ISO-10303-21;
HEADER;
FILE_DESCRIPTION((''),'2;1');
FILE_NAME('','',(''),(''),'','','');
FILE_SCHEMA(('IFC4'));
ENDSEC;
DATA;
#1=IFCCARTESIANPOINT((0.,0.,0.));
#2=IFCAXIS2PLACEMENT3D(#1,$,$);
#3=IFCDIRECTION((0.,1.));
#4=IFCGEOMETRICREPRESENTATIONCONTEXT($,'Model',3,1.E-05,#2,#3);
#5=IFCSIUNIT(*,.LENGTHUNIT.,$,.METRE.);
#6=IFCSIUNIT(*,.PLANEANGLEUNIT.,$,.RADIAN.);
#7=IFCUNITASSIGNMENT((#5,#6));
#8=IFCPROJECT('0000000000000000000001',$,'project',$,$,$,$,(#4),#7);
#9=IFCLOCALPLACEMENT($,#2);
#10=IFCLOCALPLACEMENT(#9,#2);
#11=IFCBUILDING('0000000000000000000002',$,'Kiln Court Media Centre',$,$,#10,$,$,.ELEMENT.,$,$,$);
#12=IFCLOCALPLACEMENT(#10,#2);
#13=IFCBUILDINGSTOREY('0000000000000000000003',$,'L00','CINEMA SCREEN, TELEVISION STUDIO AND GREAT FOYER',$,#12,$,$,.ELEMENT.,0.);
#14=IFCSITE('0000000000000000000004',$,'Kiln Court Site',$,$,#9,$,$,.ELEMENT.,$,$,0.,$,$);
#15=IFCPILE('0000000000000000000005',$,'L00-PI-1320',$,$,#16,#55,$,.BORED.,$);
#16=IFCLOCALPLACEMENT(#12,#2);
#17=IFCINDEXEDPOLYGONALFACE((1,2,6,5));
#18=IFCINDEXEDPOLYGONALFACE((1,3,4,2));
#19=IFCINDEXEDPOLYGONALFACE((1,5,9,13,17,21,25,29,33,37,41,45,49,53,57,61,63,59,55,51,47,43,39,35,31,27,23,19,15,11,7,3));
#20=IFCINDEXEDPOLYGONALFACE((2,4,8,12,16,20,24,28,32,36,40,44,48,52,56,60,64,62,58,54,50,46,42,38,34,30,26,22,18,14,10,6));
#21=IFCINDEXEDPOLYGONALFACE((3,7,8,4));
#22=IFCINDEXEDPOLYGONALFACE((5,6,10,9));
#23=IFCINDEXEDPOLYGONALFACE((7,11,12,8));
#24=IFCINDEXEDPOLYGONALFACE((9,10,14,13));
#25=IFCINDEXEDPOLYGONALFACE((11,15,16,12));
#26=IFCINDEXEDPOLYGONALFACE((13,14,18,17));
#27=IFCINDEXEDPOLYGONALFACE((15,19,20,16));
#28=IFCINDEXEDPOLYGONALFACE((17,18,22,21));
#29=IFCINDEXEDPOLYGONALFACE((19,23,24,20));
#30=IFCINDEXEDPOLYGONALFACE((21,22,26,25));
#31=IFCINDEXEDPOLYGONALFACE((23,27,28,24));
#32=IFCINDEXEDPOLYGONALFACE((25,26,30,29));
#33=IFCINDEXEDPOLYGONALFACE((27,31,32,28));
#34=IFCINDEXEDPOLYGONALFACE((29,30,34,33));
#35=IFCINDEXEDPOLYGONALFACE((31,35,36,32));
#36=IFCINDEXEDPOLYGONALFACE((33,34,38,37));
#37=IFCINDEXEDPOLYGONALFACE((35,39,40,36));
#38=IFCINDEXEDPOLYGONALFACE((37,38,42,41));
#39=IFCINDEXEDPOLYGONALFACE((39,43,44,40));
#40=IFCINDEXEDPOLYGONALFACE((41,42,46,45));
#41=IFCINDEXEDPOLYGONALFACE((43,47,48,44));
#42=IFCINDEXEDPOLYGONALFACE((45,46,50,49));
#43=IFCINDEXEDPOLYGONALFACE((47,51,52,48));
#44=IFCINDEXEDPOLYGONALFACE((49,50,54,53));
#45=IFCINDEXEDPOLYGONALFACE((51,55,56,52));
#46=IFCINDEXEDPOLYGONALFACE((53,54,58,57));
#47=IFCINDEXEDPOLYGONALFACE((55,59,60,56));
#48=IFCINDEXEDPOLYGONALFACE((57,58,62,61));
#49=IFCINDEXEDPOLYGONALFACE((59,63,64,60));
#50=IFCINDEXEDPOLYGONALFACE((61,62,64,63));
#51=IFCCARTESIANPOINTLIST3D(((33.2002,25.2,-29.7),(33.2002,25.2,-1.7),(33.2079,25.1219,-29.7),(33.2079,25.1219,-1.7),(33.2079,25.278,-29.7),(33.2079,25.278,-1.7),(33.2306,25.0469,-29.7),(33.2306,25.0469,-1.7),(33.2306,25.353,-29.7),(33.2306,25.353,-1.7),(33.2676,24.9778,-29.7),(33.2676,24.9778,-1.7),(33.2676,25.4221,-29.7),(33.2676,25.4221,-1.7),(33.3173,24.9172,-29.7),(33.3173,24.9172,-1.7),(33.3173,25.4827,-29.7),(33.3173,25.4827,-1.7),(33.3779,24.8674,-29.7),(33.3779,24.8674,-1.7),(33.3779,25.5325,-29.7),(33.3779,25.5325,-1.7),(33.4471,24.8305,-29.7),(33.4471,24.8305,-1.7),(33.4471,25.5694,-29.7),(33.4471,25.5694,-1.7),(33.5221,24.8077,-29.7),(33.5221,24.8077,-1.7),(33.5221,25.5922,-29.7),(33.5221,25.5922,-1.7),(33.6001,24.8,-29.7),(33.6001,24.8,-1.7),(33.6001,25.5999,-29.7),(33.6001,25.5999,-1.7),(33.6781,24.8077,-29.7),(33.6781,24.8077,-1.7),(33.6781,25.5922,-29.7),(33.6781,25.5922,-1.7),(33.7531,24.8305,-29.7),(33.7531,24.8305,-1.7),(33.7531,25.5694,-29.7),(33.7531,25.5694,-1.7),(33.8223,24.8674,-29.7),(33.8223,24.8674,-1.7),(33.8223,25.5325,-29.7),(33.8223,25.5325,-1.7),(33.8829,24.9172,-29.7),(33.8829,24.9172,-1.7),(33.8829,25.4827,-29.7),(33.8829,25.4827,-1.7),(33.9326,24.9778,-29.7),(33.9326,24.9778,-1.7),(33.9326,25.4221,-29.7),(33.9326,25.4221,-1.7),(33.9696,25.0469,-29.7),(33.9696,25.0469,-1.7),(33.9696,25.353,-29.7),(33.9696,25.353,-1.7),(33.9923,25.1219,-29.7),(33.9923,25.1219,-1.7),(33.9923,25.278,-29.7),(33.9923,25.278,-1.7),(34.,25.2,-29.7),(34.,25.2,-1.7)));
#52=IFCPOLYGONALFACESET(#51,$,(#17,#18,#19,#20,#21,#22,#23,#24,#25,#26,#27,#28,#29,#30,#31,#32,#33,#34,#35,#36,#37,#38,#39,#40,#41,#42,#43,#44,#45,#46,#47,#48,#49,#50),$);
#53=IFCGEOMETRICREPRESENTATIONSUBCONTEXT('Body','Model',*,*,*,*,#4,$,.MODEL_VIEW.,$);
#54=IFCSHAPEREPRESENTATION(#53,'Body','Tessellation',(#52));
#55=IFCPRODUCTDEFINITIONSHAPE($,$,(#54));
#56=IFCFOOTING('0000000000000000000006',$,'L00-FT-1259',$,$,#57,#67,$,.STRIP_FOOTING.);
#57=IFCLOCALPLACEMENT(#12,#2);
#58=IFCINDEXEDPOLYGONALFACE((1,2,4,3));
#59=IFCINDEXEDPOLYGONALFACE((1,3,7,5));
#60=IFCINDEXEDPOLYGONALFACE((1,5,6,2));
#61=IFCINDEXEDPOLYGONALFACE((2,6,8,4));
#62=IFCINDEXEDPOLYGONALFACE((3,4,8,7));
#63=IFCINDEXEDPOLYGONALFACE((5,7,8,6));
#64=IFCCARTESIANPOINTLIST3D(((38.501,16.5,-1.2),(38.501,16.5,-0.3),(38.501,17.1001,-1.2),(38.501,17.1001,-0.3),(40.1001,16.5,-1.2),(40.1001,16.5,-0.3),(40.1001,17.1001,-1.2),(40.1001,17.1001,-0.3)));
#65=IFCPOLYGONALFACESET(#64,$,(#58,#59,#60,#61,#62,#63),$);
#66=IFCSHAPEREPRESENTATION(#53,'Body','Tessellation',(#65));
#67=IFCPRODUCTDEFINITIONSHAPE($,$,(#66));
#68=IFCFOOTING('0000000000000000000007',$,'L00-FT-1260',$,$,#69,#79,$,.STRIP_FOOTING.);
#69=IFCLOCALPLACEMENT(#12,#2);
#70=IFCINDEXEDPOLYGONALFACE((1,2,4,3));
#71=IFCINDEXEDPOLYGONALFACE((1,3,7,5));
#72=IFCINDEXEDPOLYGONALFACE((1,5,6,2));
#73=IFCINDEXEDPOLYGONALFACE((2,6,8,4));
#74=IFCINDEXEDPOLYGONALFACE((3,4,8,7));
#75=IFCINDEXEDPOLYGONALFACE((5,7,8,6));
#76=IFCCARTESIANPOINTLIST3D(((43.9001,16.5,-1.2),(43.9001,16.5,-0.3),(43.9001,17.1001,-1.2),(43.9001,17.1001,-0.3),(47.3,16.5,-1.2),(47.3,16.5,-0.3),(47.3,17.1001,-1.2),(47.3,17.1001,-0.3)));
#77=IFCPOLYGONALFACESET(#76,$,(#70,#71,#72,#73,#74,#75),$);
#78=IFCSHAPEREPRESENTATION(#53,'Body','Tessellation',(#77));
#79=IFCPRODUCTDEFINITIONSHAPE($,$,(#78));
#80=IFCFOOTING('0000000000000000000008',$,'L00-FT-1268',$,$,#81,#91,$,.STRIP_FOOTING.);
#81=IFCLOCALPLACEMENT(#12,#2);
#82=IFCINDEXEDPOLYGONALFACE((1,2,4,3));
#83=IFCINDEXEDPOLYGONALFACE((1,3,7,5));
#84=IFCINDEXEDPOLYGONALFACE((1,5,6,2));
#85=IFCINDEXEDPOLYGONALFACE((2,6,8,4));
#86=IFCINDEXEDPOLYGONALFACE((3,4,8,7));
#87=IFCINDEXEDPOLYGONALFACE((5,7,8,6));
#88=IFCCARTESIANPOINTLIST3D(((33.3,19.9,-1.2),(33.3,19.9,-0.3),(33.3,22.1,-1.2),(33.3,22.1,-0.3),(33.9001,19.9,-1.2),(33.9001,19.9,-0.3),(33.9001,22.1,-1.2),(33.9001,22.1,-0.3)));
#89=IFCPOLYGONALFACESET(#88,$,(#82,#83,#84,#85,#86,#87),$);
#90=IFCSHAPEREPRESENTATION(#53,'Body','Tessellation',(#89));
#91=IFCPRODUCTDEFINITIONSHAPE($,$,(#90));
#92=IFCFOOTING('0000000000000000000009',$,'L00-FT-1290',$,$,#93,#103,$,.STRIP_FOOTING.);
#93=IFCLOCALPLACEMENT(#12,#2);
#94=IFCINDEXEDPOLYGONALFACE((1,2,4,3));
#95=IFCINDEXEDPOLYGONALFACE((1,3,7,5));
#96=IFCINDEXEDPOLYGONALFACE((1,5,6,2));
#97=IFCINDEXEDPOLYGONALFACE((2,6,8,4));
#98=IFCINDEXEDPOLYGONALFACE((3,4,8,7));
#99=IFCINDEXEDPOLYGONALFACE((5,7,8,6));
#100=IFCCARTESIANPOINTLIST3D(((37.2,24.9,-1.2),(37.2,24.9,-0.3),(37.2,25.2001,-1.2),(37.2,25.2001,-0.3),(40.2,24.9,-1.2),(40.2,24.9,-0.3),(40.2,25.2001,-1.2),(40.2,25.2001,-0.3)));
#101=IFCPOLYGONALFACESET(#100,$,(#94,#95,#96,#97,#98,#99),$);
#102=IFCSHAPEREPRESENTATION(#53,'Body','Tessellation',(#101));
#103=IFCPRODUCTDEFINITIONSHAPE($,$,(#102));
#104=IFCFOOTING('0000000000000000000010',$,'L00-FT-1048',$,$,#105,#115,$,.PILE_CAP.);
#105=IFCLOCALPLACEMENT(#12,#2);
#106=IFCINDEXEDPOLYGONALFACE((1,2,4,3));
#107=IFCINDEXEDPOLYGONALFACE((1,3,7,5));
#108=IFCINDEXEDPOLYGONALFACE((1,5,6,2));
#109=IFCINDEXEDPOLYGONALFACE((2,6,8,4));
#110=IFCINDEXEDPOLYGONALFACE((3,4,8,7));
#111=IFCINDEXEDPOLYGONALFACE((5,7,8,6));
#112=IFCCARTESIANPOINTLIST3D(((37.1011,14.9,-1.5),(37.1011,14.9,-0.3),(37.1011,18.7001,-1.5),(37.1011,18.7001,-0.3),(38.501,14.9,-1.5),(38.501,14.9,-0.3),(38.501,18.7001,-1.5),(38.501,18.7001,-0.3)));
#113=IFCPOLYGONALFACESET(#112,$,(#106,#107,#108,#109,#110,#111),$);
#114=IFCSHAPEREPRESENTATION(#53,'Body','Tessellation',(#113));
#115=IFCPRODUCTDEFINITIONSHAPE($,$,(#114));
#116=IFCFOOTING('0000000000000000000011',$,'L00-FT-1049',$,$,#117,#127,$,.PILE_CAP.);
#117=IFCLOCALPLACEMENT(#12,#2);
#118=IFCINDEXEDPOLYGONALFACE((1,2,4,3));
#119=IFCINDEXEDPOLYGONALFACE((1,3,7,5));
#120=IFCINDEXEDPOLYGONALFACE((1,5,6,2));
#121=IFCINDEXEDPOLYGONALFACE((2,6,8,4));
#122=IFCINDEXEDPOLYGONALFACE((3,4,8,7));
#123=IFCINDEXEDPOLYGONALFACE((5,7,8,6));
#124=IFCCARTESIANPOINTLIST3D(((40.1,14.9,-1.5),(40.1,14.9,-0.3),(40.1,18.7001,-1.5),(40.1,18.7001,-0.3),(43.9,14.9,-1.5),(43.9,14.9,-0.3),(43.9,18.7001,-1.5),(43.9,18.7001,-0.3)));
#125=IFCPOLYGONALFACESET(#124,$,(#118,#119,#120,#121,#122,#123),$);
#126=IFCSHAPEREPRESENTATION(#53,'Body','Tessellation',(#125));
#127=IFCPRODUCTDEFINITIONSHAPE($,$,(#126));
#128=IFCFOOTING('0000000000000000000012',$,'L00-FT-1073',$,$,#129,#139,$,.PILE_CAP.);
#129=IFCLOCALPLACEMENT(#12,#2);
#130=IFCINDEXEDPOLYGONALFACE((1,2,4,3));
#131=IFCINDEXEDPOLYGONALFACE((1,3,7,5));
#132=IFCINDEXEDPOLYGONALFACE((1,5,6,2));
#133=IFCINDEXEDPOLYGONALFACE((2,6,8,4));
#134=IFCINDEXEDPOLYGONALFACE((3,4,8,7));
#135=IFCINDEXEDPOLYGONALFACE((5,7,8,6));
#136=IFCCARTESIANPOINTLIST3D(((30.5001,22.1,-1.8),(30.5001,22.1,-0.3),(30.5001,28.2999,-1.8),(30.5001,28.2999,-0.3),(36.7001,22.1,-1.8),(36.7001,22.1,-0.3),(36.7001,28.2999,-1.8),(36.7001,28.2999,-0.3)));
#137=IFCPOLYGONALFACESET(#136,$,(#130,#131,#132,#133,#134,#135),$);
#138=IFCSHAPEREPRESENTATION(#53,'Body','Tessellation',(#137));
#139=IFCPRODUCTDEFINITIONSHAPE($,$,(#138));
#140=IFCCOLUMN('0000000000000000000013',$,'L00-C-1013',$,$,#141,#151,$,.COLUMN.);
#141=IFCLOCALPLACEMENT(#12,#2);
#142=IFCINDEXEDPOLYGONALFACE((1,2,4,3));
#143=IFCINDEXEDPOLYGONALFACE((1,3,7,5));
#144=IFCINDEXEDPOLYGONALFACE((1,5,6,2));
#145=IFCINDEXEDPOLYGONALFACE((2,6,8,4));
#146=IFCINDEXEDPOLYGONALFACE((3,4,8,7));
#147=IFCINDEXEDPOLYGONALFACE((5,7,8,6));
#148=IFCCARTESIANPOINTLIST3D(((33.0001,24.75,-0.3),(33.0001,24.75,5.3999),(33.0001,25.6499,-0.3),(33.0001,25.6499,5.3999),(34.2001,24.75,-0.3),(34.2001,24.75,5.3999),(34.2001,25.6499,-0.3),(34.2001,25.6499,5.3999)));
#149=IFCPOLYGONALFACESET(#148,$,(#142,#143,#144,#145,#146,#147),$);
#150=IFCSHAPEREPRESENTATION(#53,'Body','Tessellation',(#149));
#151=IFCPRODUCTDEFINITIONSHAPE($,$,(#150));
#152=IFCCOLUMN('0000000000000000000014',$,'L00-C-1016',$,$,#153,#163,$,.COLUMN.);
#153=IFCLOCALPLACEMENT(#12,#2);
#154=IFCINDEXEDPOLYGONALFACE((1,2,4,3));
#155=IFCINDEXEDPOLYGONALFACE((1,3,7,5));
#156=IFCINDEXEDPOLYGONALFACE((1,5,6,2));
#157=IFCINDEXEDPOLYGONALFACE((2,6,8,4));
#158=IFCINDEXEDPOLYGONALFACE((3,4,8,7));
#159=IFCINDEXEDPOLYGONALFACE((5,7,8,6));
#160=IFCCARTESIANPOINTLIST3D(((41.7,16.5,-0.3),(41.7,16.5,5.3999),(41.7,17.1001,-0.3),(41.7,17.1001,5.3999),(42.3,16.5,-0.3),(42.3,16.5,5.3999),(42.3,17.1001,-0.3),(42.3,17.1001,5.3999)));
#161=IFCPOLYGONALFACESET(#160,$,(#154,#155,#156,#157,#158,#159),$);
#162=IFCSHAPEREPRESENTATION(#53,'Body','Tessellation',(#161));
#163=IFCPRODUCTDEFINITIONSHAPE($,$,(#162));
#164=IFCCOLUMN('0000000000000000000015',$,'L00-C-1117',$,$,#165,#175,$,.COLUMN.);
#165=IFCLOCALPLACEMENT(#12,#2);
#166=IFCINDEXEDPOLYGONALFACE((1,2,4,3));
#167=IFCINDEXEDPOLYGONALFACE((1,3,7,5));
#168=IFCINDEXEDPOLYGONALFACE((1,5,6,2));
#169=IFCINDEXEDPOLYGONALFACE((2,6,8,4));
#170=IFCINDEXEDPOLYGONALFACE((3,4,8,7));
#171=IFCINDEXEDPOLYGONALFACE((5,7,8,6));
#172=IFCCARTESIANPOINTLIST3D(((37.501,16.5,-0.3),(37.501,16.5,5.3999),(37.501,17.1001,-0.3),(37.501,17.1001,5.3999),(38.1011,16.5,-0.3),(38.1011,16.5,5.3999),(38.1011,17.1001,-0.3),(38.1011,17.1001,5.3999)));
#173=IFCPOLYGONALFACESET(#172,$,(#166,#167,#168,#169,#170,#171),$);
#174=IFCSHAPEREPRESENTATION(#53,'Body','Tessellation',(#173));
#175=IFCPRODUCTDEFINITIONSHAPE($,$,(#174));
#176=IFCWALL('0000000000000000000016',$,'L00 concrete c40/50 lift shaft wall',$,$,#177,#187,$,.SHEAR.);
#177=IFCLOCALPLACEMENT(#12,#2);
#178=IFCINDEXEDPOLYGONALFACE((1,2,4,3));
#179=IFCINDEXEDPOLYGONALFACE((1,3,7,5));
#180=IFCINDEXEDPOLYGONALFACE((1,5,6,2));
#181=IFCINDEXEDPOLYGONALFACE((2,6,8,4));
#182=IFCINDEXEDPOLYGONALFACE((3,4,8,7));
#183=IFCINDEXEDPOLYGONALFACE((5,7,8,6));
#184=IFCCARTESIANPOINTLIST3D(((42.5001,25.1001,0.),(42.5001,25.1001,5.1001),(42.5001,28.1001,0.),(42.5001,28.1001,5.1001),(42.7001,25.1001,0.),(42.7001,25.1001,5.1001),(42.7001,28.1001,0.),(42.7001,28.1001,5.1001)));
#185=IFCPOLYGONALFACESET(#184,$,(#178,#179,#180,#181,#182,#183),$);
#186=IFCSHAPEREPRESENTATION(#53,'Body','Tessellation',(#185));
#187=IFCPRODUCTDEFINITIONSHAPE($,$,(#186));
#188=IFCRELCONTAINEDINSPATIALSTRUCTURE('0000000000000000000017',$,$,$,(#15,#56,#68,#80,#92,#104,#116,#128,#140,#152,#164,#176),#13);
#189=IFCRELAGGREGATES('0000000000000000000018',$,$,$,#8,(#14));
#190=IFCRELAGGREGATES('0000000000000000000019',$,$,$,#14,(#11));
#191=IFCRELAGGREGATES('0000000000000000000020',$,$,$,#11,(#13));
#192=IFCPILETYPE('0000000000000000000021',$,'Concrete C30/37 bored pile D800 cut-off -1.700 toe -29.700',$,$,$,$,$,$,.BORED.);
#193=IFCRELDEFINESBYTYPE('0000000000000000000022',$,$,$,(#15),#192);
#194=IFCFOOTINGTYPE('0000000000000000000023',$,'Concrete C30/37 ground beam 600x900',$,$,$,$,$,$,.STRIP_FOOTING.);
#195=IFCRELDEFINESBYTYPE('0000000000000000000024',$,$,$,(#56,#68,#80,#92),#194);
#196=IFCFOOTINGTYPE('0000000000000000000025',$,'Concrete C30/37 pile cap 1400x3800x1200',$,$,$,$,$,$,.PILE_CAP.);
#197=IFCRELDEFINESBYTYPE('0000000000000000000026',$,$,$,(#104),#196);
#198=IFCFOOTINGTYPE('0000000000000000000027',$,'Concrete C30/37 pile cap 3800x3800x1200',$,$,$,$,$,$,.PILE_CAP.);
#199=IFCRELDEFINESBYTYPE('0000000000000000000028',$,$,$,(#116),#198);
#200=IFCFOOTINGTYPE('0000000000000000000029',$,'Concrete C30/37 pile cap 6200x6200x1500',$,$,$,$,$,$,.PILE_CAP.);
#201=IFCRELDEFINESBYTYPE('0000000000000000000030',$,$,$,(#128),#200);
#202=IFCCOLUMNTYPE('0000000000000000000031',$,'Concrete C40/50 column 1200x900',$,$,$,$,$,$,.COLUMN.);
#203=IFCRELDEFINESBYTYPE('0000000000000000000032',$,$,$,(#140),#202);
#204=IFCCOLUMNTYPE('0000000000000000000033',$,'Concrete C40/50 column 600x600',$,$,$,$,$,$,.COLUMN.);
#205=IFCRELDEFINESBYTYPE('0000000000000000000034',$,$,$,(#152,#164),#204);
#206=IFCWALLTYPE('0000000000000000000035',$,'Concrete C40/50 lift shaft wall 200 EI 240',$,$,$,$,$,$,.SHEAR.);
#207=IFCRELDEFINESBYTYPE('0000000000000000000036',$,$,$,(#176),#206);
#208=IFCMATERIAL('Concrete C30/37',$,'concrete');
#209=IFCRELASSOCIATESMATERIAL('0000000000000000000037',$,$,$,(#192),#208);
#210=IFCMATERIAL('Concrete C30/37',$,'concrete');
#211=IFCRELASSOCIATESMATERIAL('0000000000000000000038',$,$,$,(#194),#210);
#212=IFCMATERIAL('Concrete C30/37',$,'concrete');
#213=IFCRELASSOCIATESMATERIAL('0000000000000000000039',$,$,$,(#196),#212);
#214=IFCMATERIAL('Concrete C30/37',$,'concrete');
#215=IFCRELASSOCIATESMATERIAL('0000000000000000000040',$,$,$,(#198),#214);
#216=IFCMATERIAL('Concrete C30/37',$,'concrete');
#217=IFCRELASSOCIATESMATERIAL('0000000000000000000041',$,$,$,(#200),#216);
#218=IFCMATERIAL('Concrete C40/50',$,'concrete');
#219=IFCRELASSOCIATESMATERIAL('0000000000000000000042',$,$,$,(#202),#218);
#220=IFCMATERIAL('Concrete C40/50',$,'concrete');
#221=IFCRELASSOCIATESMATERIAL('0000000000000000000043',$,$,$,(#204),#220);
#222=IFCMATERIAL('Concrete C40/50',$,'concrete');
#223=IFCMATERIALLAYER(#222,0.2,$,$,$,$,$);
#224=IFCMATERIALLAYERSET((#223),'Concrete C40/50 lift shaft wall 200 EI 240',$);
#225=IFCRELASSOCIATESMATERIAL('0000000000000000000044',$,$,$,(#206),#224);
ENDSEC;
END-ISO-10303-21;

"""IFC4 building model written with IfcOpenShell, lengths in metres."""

from ifc_helpers import new_model, si_unit, direction, frame, frame_2d, origin, origin_2d, place, context, subcontext, project, spatial, rectangle, circle, extrude, material, layer, layer_set, material_profile, profile_set, type_object, element, save


model = new_model("IFC4")

# Units and contexts
model_context = context("Model", 3, precision=1e-05, world=origin(), true_north=direction((0.0, 1.0)))
body_context = subcontext(model_context, "Body", "Model", "MODEL_VIEW")
ifc_project = project(units=[si_unit("LENGTHUNIT", "METRE"), si_unit("PLANEANGLEUNIT", "RADIAN")], contexts=[model_context])

# Site, building, storey
site_placement = place(None, origin())
site = spatial("IfcSite", under=ifc_project, at=site_placement, Name="Kiln Court Site", CompositionType="ELEMENT", RefElevation=0.0)
building_placement = place(site_placement, origin())
building = spatial("IfcBuilding", under=site, at=building_placement, Name="Kiln Court Media Centre", CompositionType="ELEMENT")
storey_placement = place(building_placement, origin())
storey = spatial("IfcBuildingStorey", under=building, at=storey_placement, Name="L00", Description="CINEMA SCREEN, TELEVISION STUDIO AND GREAT FOYER", CompositionType="ELEMENT", Elevation=0.0)

# Pile
ifc_material_1 = material(Name="Concrete C30/37", Category="concrete")
ifc_material_profile_1 = material_profile(ifc_material_1, circle(Radius=0.3999, at=origin_2d()), Name="PILE D800")
ifc_profile_set_1 = profile_set([ifc_material_profile_1], Name="Concrete C30/37")
pile_type_1 = type_object("IfcPileType", Name="Concrete C30/37 bored pile D800 cut-off -1.700 toe -29.700", PredefinedType="BORED", material=ifc_profile_set_1)
for number, where, z_axis, x_axis, name in (
    (1, (33.6001, 25.2, -1.7), (0.0, 0.0, -1.0), (1.0, 0.0, 0.0), "L00-PI-1320"),
):
    element("IfcPile", number, at=place(storey_placement, frame(where, z_axis=z_axis, x_axis=x_axis)), inside=storey, type_object=pile_type_1, Name=name, PredefinedType="BORED", context=body_context, shape_type="SweptSolid", body=[
        extrude(circle(Radius=0.3999, at=origin_2d()), origin(), (0.0, 0.0, 1.0), 28.0),
    ])

# Footings
ifc_material_2 = material(Name="Concrete C30/37", Category="concrete")
footing_type_1 = type_object("IfcFootingType", Name="Concrete C30/37 ground beam 600x900", PredefinedType="STRIP_FOOTING", material=ifc_material_2)
footing_1_placement = place(storey_placement, frame((39.3005, 16.8, -1.2), z_axis=(0.0, 0.0, 1.0), x_axis=(1.0, 0.0, 0.0)))
element("IfcFooting", 2, at=footing_1_placement, inside=storey, type_object=footing_type_1, Name="L00-FT-1259", PredefinedType="STRIP_FOOTING", context=body_context, shape_type="SweptSolid", body=[
    extrude(rectangle(XDim=1.5991, YDim=0.6001, at=origin_2d()), origin(), (0.0, 0.0, 1.0), 0.8999),
])
footing_2_placement = place(storey_placement, frame((45.6001, 16.8, -1.2), z_axis=(0.0, 0.0, 1.0), x_axis=(1.0, 0.0, 0.0)))
element("IfcFooting", 3, at=footing_2_placement, inside=storey, type_object=footing_type_1, Name="L00-FT-1260", PredefinedType="STRIP_FOOTING", context=body_context, shape_type="SweptSolid", body=[
    extrude(rectangle(XDim=3.3999, YDim=0.6001, at=origin_2d()), origin(), (0.0, 0.0, 1.0), 0.8999),
])
footing_3_placement = place(storey_placement, frame((33.6001, 21.0, -1.2), z_axis=(0.0, 0.0, 1.0), x_axis=(1.0, 0.0, 0.0)))
element("IfcFooting", 4, at=footing_3_placement, inside=storey, type_object=footing_type_1, Name="L00-FT-1268", PredefinedType="STRIP_FOOTING", context=body_context, shape_type="SweptSolid", body=[
    extrude(rectangle(XDim=0.6001, YDim=2.2, at=origin_2d()), origin(), (0.0, 0.0, 1.0), 0.8999),
])
footing_4_placement = place(storey_placement, frame((38.7, 25.05, -1.2), z_axis=(0.0, 0.0, 1.0), x_axis=(1.0, 0.0, 0.0)))
element("IfcFooting", 5, at=footing_4_placement, inside=storey, type_object=footing_type_1, Name="L00-FT-1290", PredefinedType="STRIP_FOOTING", context=body_context, shape_type="SweptSolid", body=[
    extrude(rectangle(XDim=3.0, YDim=0.3, at=origin_2d()), origin(), (0.0, 0.0, 1.0), 0.8999),
])
ifc_material_3 = material(Name="Concrete C30/37", Category="concrete")
footing_type_2 = type_object("IfcFootingType", Name="Concrete C30/37 pile cap 1400x3800x1200", PredefinedType="PILE_CAP", material=ifc_material_3)
footing_5_placement = place(storey_placement, frame((37.801, 16.8, -1.5), z_axis=(0.0, 0.0, 1.0), x_axis=(1.0, 0.0, 0.0)))
element("IfcFooting", 6, at=footing_5_placement, inside=storey, type_object=footing_type_2, Name="L00-FT-1048", PredefinedType="PILE_CAP", context=body_context, shape_type="SweptSolid", body=[
    extrude(rectangle(XDim=1.3999, YDim=3.8, at=origin_2d()), origin(), (0.0, 0.0, 1.0), 1.2),
])
ifc_material_4 = material(Name="Concrete C30/37", Category="concrete")
footing_type_3 = type_object("IfcFootingType", Name="Concrete C30/37 pile cap 3800x3800x1200", PredefinedType="PILE_CAP", material=ifc_material_4)
footing_6_placement = place(storey_placement, frame((42.0, 16.8, -1.5), z_axis=(0.0, 0.0, 1.0), x_axis=(1.0, 0.0, 0.0)))
element("IfcFooting", 7, at=footing_6_placement, inside=storey, type_object=footing_type_3, Name="L00-FT-1049", PredefinedType="PILE_CAP", context=body_context, shape_type="SweptSolid", body=[
    extrude(rectangle(XDim=3.8, YDim=3.8, at=origin_2d()), origin(), (0.0, 0.0, 1.0), 1.2),
])
ifc_material_5 = material(Name="Concrete C30/37", Category="concrete")
footing_type_4 = type_object("IfcFootingType", Name="Concrete C30/37 pile cap 6200x6200x1500", PredefinedType="PILE_CAP", material=ifc_material_5)
footing_7_placement = place(storey_placement, frame((33.6001, 25.2, -1.8), z_axis=(0.0, 0.0, 1.0), x_axis=(1.0, 0.0, 0.0)))
element("IfcFooting", 8, at=footing_7_placement, inside=storey, type_object=footing_type_4, Name="L00-FT-1073", PredefinedType="PILE_CAP", context=body_context, shape_type="SweptSolid", body=[
    extrude(rectangle(XDim=6.2, YDim=6.2, at=origin_2d()), origin(), (0.0, 0.0, 1.0), 1.5),
])

# Columns
ifc_material_6 = material(Name="Concrete C40/50", Category="concrete")
ifc_material_profile_2 = material_profile(ifc_material_6, rectangle(XDim=1.2, YDim=0.8999, at=origin_2d()), Name="RC 1200x900")
ifc_profile_set_2 = profile_set([ifc_material_profile_2], Name="Concrete C40/50")
column_type_1 = type_object("IfcColumnType", Name="Concrete C40/50 column 1200x900", PredefinedType="COLUMN", material=ifc_profile_set_2)
column_placement = place(storey_placement, frame((33.6001, 25.2, -0.3), z_axis=(0.0, 0.0, 1.0), x_axis=(1.0, 0.0, 0.0)))
element("IfcColumn", 9, at=column_placement, inside=storey, type_object=column_type_1, Name="L00-C-1013", PredefinedType="COLUMN", context=body_context, shape_type="SweptSolid", body=[
    extrude(rectangle(XDim=1.2, YDim=0.8999, at=origin_2d()), origin(), (0.0, 0.0, 1.0), 5.7),
])
ifc_material_7 = material(Name="Concrete C40/50", Category="concrete")
ifc_material_profile_3 = material_profile(ifc_material_7, rectangle(XDim=0.6001, YDim=0.6001, at=origin_2d()), Name="RC 600x600")
ifc_profile_set_3 = profile_set([ifc_material_profile_3], Name="Concrete C40/50")
column_type_2 = type_object("IfcColumnType", Name="Concrete C40/50 column 600x600", PredefinedType="COLUMN", material=ifc_profile_set_3)
for number, where, z_axis, x_axis, name in (
    (10, (42.0, 16.8, -0.3), (0.0, 0.0, 1.0), (1.0, 0.0, 0.0), "L00-C-1016"),
    (11, (37.801, 16.8, -0.3), (0.0, 0.0, 1.0), (1.0, 0.0, 0.0), "L00-C-1117"),
):
    element("IfcColumn", number, at=place(storey_placement, frame(where, z_axis=z_axis, x_axis=x_axis)), inside=storey, type_object=column_type_2, Name=name, PredefinedType="COLUMN", context=body_context, shape_type="SweptSolid", body=[
        extrude(rectangle(XDim=0.6001, YDim=0.6001, at=origin_2d()), origin(), (0.0, 0.0, 1.0), 5.7),
    ])

# Wall
ifc_material_8 = material(Name="Concrete C40/50", Category="concrete")
ifc_layer_1 = layer(ifc_material_8, 0.2)
ifc_layer_set_1 = layer_set([ifc_layer_1], Name="Concrete C40/50 lift shaft wall 200 EI 240")
wall_type_1 = type_object("IfcWallType", Name="Concrete C40/50 lift shaft wall 200 EI 240", PredefinedType="SHEAR", material=ifc_layer_set_1)
for number, where, z_axis, x_axis, name in (
    (12, (42.6001, 25.1001, 0.0), (0.0, 0.0, 1.0), (0.0, 1.0, 0.0), "L00 concrete c40/50 lift shaft wall"),
):
    element("IfcWall", number, at=place(storey_placement, frame(where, z_axis=z_axis, x_axis=x_axis)), inside=storey, type_object=wall_type_1, Name=name, PredefinedType="SHEAR", context=body_context, shape_type="SweptSolid", body=[
        extrude(rectangle(XDim=3.0, YDim=0.2, at=frame_2d((1.5, 0.0))), origin(), (0.0, 0.0, 1.0), 5.1001),
    ])

save(model, "model.ifc")
